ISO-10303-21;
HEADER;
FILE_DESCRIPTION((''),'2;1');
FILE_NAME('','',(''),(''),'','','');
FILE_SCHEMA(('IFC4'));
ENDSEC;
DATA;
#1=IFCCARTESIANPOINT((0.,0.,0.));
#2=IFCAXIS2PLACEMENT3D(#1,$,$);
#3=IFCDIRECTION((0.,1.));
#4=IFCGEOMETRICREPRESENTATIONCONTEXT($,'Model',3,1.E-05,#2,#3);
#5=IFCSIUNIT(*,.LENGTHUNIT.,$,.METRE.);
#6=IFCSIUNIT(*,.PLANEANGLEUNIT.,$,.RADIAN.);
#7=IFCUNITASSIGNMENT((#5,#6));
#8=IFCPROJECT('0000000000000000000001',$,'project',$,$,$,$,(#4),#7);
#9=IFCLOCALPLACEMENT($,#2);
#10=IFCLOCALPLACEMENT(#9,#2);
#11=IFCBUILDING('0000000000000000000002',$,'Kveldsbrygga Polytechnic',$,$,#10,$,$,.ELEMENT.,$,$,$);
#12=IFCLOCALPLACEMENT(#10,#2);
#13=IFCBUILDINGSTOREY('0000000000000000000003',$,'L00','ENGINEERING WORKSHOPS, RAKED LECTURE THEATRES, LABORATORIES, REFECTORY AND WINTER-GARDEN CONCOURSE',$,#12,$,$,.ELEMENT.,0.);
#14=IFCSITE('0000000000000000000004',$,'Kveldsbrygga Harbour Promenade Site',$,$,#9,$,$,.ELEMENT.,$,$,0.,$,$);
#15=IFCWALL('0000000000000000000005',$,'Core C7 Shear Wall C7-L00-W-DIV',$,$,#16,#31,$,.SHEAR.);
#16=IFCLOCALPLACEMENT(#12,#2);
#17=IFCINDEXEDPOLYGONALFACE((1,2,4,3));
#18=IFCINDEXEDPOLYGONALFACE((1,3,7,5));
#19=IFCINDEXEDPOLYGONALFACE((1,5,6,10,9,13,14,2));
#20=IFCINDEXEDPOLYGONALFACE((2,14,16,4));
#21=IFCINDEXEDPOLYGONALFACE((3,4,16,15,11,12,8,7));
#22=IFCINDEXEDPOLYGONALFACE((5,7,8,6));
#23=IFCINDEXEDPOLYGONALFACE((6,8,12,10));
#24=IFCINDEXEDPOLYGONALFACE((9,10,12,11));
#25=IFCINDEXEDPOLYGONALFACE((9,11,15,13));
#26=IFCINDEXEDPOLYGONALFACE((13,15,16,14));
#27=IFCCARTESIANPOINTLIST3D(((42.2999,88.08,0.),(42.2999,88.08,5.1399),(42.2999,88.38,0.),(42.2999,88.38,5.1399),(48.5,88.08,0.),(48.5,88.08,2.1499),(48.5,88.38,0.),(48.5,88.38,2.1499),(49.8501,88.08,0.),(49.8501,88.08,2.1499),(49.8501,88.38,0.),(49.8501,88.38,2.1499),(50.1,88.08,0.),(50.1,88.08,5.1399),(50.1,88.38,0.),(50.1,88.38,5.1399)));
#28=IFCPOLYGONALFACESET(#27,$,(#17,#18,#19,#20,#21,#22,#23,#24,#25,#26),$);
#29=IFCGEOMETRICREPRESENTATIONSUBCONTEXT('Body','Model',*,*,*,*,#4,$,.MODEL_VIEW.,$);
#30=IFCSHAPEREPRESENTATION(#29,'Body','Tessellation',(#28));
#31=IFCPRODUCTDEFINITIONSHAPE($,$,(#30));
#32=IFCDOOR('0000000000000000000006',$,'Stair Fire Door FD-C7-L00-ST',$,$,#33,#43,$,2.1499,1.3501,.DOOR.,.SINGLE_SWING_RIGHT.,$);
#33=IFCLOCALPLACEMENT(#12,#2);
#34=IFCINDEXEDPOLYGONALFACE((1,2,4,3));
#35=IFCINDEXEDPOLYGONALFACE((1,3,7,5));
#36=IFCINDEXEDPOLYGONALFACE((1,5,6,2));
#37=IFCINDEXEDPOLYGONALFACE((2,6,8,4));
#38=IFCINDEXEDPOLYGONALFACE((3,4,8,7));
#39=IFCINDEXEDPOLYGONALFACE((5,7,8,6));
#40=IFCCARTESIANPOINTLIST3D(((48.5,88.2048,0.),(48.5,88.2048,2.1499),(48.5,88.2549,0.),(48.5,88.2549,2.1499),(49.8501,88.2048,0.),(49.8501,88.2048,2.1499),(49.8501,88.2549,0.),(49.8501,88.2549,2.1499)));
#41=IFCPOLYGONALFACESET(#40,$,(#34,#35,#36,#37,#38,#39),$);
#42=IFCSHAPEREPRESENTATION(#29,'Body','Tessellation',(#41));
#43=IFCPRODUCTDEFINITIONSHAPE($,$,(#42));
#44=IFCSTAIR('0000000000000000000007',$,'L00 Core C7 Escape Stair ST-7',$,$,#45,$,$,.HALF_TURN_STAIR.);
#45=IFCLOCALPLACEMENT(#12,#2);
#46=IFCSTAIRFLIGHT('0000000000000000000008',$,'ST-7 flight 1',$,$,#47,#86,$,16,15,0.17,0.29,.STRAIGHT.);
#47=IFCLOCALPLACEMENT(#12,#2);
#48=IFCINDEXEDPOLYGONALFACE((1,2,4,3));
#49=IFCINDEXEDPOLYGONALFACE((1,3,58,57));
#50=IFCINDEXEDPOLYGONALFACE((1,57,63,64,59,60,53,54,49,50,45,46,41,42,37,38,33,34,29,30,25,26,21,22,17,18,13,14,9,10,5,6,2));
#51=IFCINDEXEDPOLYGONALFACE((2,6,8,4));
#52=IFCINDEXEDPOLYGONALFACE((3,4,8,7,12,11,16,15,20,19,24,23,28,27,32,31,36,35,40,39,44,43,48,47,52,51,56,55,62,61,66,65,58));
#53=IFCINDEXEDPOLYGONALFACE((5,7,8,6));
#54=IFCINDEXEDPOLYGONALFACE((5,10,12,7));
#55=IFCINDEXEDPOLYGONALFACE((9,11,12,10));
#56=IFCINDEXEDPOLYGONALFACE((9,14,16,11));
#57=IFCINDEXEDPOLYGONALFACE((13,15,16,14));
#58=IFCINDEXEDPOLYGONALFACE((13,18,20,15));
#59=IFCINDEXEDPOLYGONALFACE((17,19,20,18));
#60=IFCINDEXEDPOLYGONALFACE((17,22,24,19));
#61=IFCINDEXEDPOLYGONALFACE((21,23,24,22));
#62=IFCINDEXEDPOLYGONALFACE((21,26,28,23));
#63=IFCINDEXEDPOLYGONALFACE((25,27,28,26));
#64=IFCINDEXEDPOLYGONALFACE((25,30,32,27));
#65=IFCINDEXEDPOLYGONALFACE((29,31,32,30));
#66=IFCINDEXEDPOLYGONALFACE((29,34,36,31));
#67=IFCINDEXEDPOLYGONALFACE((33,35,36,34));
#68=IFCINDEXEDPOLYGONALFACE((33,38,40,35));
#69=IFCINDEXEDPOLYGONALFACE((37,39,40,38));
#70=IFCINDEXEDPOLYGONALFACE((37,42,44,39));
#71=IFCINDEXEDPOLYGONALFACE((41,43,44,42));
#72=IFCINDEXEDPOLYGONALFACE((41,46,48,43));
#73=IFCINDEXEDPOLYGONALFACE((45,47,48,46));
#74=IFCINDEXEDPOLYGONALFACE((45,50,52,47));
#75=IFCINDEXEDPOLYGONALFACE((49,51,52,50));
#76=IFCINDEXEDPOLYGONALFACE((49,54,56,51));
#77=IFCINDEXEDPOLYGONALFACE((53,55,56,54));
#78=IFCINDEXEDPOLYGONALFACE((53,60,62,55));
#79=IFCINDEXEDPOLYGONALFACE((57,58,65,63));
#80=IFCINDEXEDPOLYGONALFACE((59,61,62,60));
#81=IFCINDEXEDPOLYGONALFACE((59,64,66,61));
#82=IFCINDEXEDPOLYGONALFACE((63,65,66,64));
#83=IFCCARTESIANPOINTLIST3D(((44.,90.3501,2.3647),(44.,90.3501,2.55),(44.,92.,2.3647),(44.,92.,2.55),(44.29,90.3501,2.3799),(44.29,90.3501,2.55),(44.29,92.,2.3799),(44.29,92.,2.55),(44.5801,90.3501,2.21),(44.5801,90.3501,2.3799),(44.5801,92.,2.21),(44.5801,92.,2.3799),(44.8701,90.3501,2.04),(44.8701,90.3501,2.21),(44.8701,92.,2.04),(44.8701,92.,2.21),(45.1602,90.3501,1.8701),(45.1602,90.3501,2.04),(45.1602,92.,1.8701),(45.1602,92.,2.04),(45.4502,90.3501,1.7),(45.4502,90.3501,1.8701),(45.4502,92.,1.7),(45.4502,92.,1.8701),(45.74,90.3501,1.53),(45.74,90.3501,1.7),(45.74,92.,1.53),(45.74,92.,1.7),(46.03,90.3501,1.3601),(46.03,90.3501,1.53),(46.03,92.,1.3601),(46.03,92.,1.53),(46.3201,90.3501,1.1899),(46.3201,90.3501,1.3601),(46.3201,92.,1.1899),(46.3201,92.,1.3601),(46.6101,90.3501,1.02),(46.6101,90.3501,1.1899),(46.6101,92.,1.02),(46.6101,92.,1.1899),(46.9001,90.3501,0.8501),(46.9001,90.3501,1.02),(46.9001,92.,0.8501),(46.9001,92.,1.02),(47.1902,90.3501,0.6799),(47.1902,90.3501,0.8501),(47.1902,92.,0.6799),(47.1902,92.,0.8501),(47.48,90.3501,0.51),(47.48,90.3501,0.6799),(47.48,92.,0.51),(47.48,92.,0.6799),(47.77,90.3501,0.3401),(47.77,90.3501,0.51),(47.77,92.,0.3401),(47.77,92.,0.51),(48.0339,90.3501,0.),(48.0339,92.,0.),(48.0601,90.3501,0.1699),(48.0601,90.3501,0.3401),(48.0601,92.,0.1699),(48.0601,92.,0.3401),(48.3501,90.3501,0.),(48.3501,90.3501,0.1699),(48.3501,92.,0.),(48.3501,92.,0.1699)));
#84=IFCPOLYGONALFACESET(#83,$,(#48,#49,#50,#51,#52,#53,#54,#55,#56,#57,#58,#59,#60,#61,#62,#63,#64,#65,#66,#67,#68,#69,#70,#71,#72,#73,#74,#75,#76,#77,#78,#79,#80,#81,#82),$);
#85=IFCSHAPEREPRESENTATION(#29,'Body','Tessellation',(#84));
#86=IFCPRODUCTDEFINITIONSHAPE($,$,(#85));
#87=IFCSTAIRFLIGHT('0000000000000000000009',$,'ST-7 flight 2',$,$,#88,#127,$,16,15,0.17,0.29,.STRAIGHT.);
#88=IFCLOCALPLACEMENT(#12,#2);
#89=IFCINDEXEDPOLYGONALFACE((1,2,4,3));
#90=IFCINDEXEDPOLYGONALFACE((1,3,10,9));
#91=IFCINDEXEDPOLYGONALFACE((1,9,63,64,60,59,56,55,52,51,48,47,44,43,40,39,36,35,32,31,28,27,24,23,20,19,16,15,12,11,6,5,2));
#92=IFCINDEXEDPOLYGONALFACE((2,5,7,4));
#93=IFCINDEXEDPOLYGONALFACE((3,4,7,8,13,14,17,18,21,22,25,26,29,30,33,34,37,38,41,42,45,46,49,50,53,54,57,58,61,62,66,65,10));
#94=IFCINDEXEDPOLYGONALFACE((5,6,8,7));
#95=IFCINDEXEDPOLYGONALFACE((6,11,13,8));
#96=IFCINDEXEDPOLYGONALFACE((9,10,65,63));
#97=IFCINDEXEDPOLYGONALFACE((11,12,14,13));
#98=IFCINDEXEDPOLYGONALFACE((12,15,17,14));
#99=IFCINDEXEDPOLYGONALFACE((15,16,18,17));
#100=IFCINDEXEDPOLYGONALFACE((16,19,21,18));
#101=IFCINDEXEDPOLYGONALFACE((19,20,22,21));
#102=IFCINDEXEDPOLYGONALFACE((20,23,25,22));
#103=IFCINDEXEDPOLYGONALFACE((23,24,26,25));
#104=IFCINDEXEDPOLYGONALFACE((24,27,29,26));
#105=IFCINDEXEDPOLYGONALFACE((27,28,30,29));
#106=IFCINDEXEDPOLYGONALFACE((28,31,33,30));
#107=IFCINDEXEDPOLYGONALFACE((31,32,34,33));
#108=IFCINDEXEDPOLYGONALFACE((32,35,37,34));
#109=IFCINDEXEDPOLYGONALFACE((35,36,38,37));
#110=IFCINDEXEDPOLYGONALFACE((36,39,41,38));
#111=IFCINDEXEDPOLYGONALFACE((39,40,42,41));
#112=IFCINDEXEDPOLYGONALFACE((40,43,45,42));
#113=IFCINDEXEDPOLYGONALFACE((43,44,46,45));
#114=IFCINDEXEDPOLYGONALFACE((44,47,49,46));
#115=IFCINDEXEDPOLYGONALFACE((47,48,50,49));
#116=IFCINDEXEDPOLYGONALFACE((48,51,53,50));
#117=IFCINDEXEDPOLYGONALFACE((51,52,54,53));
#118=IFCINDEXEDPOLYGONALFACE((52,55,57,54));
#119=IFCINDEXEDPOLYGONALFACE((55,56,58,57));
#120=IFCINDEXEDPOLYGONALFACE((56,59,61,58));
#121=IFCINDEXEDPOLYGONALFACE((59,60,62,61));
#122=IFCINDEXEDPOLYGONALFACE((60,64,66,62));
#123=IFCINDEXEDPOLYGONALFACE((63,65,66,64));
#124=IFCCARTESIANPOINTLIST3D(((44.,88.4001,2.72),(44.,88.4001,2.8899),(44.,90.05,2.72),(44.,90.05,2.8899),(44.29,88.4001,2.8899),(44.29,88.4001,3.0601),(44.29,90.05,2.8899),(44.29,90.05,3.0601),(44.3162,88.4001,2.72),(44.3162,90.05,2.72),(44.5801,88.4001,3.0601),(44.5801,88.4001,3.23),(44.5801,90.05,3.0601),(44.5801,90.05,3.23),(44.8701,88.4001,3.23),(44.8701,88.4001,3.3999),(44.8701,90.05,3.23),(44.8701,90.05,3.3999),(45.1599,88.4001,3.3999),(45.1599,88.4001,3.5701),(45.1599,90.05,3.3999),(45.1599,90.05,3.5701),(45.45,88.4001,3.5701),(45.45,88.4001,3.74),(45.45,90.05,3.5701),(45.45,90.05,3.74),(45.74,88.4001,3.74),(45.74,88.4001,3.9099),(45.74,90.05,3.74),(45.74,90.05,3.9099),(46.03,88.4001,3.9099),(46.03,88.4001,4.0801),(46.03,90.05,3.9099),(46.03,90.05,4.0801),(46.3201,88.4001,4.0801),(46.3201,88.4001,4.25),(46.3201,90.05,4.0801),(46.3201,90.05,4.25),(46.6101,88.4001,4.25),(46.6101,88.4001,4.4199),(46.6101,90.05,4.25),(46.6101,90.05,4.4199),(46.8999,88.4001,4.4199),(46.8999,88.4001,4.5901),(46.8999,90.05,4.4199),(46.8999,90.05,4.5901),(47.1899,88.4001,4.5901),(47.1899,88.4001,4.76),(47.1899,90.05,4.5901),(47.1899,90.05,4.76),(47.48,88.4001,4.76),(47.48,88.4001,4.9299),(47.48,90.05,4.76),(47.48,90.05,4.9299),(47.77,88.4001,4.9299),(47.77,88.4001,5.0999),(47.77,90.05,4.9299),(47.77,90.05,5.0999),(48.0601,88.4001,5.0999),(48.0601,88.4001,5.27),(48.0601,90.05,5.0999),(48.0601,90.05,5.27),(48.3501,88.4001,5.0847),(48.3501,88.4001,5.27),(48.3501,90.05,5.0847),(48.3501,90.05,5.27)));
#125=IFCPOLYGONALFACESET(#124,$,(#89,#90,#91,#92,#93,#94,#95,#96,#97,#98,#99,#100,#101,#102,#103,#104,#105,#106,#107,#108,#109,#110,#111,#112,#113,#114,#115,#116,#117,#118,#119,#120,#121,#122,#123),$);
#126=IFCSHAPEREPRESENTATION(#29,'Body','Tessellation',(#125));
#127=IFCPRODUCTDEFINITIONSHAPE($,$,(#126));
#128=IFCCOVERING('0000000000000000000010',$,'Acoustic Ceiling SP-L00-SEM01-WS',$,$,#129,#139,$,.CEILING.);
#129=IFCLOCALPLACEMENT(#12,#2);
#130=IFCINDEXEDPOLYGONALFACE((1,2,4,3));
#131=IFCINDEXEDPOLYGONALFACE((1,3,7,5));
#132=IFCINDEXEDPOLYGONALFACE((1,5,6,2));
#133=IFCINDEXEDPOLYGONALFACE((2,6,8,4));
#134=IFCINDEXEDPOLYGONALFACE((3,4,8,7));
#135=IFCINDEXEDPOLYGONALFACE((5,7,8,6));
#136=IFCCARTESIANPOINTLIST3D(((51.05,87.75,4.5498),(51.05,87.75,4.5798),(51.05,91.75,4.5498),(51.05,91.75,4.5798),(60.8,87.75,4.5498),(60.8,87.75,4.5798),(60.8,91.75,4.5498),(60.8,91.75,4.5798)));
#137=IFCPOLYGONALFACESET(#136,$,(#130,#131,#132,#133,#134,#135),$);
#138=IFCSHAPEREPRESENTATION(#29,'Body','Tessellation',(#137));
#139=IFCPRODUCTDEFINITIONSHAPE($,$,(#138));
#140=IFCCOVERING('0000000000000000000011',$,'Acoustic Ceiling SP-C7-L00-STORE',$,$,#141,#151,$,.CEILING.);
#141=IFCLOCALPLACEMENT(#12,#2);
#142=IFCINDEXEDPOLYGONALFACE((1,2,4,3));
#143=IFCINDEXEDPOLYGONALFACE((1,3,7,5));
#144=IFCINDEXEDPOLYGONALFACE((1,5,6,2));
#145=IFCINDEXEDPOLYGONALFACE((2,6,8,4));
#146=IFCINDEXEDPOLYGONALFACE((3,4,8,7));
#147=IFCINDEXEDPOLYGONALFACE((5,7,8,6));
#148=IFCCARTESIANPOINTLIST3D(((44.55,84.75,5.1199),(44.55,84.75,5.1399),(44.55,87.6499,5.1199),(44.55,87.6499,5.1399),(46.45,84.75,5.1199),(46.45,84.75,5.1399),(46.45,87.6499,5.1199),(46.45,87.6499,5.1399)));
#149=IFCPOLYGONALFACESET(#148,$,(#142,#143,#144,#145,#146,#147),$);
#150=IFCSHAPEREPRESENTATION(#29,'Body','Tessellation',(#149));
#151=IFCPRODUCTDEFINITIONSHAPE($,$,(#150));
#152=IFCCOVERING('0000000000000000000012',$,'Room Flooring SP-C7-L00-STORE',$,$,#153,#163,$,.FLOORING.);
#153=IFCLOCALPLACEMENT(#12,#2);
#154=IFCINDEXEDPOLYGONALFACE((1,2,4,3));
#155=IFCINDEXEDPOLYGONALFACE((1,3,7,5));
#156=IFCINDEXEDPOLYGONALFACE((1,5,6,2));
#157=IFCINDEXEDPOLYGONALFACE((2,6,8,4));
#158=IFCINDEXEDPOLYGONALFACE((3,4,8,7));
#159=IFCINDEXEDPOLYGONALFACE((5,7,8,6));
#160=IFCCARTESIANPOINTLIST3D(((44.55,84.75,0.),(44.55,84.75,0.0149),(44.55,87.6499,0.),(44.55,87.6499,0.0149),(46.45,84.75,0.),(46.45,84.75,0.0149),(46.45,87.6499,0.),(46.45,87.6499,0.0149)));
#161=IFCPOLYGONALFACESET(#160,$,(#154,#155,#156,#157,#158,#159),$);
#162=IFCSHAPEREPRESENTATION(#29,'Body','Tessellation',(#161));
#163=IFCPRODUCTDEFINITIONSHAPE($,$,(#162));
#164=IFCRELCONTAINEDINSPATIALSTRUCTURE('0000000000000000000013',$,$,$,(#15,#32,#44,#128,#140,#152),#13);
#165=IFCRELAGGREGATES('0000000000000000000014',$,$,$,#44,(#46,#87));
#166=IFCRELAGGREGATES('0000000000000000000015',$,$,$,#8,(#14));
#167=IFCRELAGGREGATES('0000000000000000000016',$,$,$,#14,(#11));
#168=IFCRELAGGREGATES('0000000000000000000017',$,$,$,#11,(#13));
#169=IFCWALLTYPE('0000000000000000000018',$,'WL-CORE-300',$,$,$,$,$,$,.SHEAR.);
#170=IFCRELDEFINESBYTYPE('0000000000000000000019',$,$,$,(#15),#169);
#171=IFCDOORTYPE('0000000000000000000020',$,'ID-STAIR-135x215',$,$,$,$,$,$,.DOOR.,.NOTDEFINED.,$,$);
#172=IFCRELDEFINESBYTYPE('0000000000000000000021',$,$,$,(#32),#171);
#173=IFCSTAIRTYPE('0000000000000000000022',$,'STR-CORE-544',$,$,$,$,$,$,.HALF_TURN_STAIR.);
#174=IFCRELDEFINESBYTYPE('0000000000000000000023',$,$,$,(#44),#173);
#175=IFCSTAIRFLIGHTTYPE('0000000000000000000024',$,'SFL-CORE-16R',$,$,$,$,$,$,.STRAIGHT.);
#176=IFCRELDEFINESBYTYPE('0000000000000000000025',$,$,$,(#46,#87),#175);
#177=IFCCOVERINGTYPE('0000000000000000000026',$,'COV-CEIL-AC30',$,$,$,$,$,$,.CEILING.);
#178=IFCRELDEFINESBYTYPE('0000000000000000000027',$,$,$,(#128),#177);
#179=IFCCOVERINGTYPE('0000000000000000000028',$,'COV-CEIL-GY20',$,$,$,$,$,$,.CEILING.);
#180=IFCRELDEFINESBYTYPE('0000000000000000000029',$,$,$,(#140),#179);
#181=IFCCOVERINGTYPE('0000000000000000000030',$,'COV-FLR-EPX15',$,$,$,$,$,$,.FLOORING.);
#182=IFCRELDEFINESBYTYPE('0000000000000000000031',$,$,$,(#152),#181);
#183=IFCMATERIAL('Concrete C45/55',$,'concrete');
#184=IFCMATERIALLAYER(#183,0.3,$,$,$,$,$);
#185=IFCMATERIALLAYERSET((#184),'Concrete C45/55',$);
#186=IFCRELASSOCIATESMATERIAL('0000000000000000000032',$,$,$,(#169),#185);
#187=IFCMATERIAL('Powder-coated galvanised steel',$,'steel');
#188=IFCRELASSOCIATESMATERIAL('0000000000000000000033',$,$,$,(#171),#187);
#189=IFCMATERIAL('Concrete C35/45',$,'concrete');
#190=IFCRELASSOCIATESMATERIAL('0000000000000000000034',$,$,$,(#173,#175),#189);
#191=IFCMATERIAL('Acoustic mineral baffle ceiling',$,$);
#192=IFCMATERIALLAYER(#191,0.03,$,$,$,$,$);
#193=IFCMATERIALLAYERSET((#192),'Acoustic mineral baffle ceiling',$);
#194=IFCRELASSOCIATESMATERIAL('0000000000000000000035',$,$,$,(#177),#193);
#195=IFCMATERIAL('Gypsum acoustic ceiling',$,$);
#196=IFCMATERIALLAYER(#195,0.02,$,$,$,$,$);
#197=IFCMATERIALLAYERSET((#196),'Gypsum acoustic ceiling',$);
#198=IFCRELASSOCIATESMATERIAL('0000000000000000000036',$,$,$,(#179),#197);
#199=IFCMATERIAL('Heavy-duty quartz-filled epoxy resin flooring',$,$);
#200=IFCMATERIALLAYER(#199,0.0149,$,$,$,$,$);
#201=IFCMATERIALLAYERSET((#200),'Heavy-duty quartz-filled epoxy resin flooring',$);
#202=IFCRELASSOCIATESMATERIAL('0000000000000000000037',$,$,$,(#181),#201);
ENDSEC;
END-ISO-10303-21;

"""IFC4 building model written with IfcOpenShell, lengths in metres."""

from ifc_helpers import new_model, si_unit, direction, frame, frame_2d, origin, origin_2d, place, context, subcontext, project, spatial, polyline, rectangle, outline, extrude, material, layer, layer_set, type_object, element, fill, aggregate, save


model = new_model("IFC4")

# Units and contexts
model_context = context("Model", 3, precision=1e-05, world=origin(), true_north=direction((0.0, 1.0)))
body_context = subcontext(model_context, "Body", "Model", "MODEL_VIEW")
ifc_project = project(units=[si_unit("LENGTHUNIT", "METRE"), si_unit("PLANEANGLEUNIT", "RADIAN")], contexts=[model_context])

# Site, building, storey
site_placement = place(None, origin())
site = spatial("IfcSite", under=ifc_project, at=site_placement, Name="Kveldsbrygga Harbour Promenade Site", CompositionType="ELEMENT", RefElevation=0.0)
building_placement = place(site_placement, origin())
building = spatial("IfcBuilding", under=site, at=building_placement, Name="Kveldsbrygga Polytechnic", CompositionType="ELEMENT")
storey_placement = place(building_placement, origin())
storey = spatial("IfcBuildingStorey", under=building, at=storey_placement, Name="L00", Description="ENGINEERING WORKSHOPS, RAKED LECTURE THEATRES, LABORATORIES, REFECTORY AND WINTER-GARDEN CONCOURSE", CompositionType="ELEMENT", Elevation=0.0)

# Shared definitions
ifc_material_1 = material(Name="Concrete C45/55", Category="concrete")

# Shared definitions
ifc_material_2 = material(Name="Concrete C35/45", Category="concrete")

# Shared definitions
ifc_layer_1 = layer(ifc_material_1, 0.3)
ifc_layer_set_1 = layer_set([ifc_layer_1], Name="Concrete C45/55")
wall_type_1 = type_object("IfcWallType", Name="WL-CORE-300", PredefinedType="SHEAR", material=ifc_layer_set_1)

# Wall, opening, door
wall_1_placement = place(storey_placement, frame((42.3, 88.23, 0.0), z_axis=(0.0, 0.0, 1.0), x_axis=(1.0, 0.0, 0.0)))
wall_1 = element("IfcWall", 1, at=wall_1_placement, inside=storey, type_object=wall_type_1, Name="Core C7 Shear Wall C7-L00-W-DIV", PredefinedType="SHEAR", context=body_context, shape_type="SweptSolid", body=[
    extrude(rectangle(XDim=7.8, YDim=0.3, at=frame_2d((3.8999, 0.0))), origin(), (0.0, 0.0, 1.0), 5.1399),
])
opening_1_placement = place(wall_1_placement, frame((6.2, 0.0, 0.0)))
opening_1 = element("IfcOpeningElement", 2, at=opening_1_placement, cuts=wall_1, PredefinedType="OPENING", context=body_context, shape_type="SweptSolid", body=[
    extrude(rectangle(XDim=1.3501, YDim=2.1499, at=frame_2d((0.675, 1.075))), frame((0.0, 0.1602, 0.0), z_axis=(0.0, -1.0, 0.0), x_axis=(1.0, 0.0, 0.0)), (0.0, 0.0, 1.0), 0.3201),
])
ifc_material_3 = material(Name="Powder-coated galvanised steel", Category="steel")
door_type_1 = type_object("IfcDoorType", Name="ID-STAIR-135x215", OperationType="NOTDEFINED", PredefinedType="DOOR", material=ifc_material_3)
door_1_placement = place(opening_1_placement, origin())
door_1 = element("IfcDoor", 3, at=door_1_placement, inside=storey, type_object=door_type_1, Name="Stair Fire Door FD-C7-L00-ST", OperationType="SINGLE_SWING_RIGHT", OverallHeight=2.1499, OverallWidth=1.3501, PredefinedType="DOOR", context=body_context, shape_type="SweptSolid", body=[
    extrude(rectangle(XDim=1.3501, YDim=2.1499, at=frame_2d((0.675, 1.075))), frame((0.0, 0.0249, 0.0), z_axis=(0.0, -1.0, 0.0), x_axis=(1.0, 0.0, 0.0)), (0.0, 0.0, 1.0), 0.05),
])
fill(opening_1, door_1)

# Stair, stair flights
stair_type = type_object("IfcStairType", Name="STR-CORE-544", PredefinedType="HALF_TURN_STAIR", material=ifc_material_2)
stair_placement = place(storey_placement, origin())
stair = element("IfcStair", 4, at=stair_placement, inside=storey, type_object=stair_type, Name="L00 Core C7 Escape Stair ST-7", PredefinedType="HALF_TURN_STAIR")
stair_flight_type = type_object("IfcStairFlightType", Name="SFL-CORE-16R", PredefinedType="STRAIGHT", material=ifc_material_2)
stair_flight_1_placement = place(storey_placement, frame((48.3501, 91.175, 0.0), z_axis=(0.0, 0.0, 1.0), x_axis=(-1.0, 0.0, 0.0)))
stair_flight_1 = element("IfcStairFlight", 5, at=stair_flight_1_placement, type_object=stair_flight_type, Name="ST-7 flight 1", NumberOfRisers=16, NumberOfTreads=15, PredefinedType="STRAIGHT", RiserHeight=0.17, TreadLength=0.29, context=body_context, shape_type="SweptSolid", body=[
    extrude(outline(polyline([(0.0, 0.0), (0.0, 0.1699), (0.29, 0.1699), (0.29, 0.3401), (0.5801, 0.3401), (0.5801, 0.51), (0.8701, 0.51), (0.8701, 0.6799), (1.1599, 0.6799), (1.1599, 0.8501), (1.45, 0.8501), (1.45, 1.02), (1.74, 1.02), (1.74, 1.1899), (2.03, 1.1899), (2.03, 1.3601), (2.3201, 1.3601), (2.3201, 1.53), (2.6101, 1.53), (2.6101, 1.7), (2.8999, 1.7), (2.8999, 1.8701), (3.1899, 1.8701), (3.1899, 2.04), (3.48, 2.04), (3.48, 2.21), (3.77, 2.21), (3.77, 2.3799), (4.0601, 2.3799), (4.0601, 2.55), (4.3501, 2.55), (4.3501, 2.72), (4.3501, 2.3647), (0.3162, 0.0), (0.0, 0.0)])), frame((0.0, 0.825, 0.0), z_axis=(0.0, -1.0, 0.0), x_axis=(1.0, 0.0, 0.0)), (0.0, 0.0, 1.0), 1.6499),
])
stair_flight_2_placement = place(storey_placement, frame((44.0, 89.2251, 2.72), z_axis=(0.0, 0.0, 1.0), x_axis=(1.0, 0.0, 0.0)))
stair_flight_2 = element("IfcStairFlight", 6, at=stair_flight_2_placement, type_object=stair_flight_type, Name="ST-7 flight 2", NumberOfRisers=16, NumberOfTreads=15, PredefinedType="STRAIGHT", RiserHeight=0.17, TreadLength=0.29, context=body_context, shape_type="SweptSolid", body=[
    extrude(outline(polyline([(0.0, 0.0), (0.0, 0.1699), (0.29, 0.1699), (0.29, 0.3401), (0.5801, 0.3401), (0.5801, 0.51), (0.8701, 0.51), (0.8701, 0.6799), (1.1599, 0.6799), (1.1599, 0.8501), (1.45, 0.8501), (1.45, 1.02), (1.74, 1.02), (1.74, 1.1899), (2.03, 1.1899), (2.03, 1.3601), (2.3201, 1.3601), (2.3201, 1.53), (2.6101, 1.53), (2.6101, 1.7), (2.8999, 1.7), (2.8999, 1.8701), (3.1899, 1.8701), (3.1899, 2.04), (3.48, 2.04), (3.48, 2.21), (3.77, 2.21), (3.77, 2.3799), (4.0601, 2.3799), (4.0601, 2.55), (4.3501, 2.55), (4.3501, 2.72), (4.3501, 2.3647), (0.3162, 0.0), (0.0, 0.0)])), frame((0.0, 0.825, 0.0), z_axis=(0.0, -1.0, 0.0), x_axis=(1.0, 0.0, 0.0)), (0.0, 0.0, 1.0), 1.6499),
])
aggregate(stair, [stair_flight_1, stair_flight_2])

# Coverings
ifc_material_4 = material(Name="Acoustic mineral baffle ceiling")
ifc_layer_2 = layer(ifc_material_4, 0.03)
ifc_layer_set_2 = layer_set([ifc_layer_2], Name="Acoustic mineral baffle ceiling")
covering_type_1 = type_object("IfcCoveringType", Name="COV-CEIL-AC30", PredefinedType="CEILING", material=ifc_layer_set_2)
covering_1_placement = place(storey_placement, frame((55.925, 89.75, 4.5498), z_axis=(0.0, 0.0, 1.0), x_axis=(1.0, 0.0, 0.0)))
element("IfcCovering", 7, at=covering_1_placement, inside=storey, type_object=covering_type_1, Name="Acoustic Ceiling SP-L00-SEM01-WS", PredefinedType="CEILING", context=body_context, shape_type="SweptSolid", body=[
    extrude(rectangle(XDim=9.75, YDim=4.0, at=origin_2d()), origin(), (0.0, 0.0, 1.0), 0.03),
])
ifc_material_5 = material(Name="Gypsum acoustic ceiling")
ifc_layer_3 = layer(ifc_material_5, 0.02)
ifc_layer_set_3 = layer_set([ifc_layer_3], Name="Gypsum acoustic ceiling")
covering_type_2 = type_object("IfcCoveringType", Name="COV-CEIL-GY20", PredefinedType="CEILING", material=ifc_layer_set_3)
covering_2_placement = place(storey_placement, frame((45.5, 86.2, 5.1199), z_axis=(0.0, 0.0, 1.0), x_axis=(1.0, 0.0, 0.0)))
element("IfcCovering", 8, at=covering_2_placement, inside=storey, type_object=covering_type_2, Name="Acoustic Ceiling SP-C7-L00-STORE", PredefinedType="CEILING", context=body_context, shape_type="SweptSolid", body=[
    extrude(rectangle(XDim=1.8999, YDim=2.8999, at=origin_2d()), origin(), (0.0, 0.0, 1.0), 0.02),
])
ifc_material_6 = material(Name="Heavy-duty quartz-filled epoxy resin flooring")
ifc_layer_4 = layer(ifc_material_6, 0.0149)
ifc_layer_set_4 = layer_set([ifc_layer_4], Name="Heavy-duty quartz-filled epoxy resin flooring")
covering_type_3 = type_object("IfcCoveringType", Name="COV-FLR-EPX15", PredefinedType="FLOORING", material=ifc_layer_set_4)
covering_3_placement = place(storey_placement, frame((45.5, 86.2, 0.0), z_axis=(0.0, 0.0, 1.0), x_axis=(1.0, 0.0, 0.0)))
element("IfcCovering", 9, at=covering_3_placement, inside=storey, type_object=covering_type_3, Name="Room Flooring SP-C7-L00-STORE", PredefinedType="FLOORING", context=body_context, shape_type="SweptSolid", body=[
    extrude(rectangle(XDim=1.8999, YDim=2.8999, at=origin_2d()), origin(), (0.0, 0.0, 1.0), 0.0149),
])

save(model, "model.ifc")
